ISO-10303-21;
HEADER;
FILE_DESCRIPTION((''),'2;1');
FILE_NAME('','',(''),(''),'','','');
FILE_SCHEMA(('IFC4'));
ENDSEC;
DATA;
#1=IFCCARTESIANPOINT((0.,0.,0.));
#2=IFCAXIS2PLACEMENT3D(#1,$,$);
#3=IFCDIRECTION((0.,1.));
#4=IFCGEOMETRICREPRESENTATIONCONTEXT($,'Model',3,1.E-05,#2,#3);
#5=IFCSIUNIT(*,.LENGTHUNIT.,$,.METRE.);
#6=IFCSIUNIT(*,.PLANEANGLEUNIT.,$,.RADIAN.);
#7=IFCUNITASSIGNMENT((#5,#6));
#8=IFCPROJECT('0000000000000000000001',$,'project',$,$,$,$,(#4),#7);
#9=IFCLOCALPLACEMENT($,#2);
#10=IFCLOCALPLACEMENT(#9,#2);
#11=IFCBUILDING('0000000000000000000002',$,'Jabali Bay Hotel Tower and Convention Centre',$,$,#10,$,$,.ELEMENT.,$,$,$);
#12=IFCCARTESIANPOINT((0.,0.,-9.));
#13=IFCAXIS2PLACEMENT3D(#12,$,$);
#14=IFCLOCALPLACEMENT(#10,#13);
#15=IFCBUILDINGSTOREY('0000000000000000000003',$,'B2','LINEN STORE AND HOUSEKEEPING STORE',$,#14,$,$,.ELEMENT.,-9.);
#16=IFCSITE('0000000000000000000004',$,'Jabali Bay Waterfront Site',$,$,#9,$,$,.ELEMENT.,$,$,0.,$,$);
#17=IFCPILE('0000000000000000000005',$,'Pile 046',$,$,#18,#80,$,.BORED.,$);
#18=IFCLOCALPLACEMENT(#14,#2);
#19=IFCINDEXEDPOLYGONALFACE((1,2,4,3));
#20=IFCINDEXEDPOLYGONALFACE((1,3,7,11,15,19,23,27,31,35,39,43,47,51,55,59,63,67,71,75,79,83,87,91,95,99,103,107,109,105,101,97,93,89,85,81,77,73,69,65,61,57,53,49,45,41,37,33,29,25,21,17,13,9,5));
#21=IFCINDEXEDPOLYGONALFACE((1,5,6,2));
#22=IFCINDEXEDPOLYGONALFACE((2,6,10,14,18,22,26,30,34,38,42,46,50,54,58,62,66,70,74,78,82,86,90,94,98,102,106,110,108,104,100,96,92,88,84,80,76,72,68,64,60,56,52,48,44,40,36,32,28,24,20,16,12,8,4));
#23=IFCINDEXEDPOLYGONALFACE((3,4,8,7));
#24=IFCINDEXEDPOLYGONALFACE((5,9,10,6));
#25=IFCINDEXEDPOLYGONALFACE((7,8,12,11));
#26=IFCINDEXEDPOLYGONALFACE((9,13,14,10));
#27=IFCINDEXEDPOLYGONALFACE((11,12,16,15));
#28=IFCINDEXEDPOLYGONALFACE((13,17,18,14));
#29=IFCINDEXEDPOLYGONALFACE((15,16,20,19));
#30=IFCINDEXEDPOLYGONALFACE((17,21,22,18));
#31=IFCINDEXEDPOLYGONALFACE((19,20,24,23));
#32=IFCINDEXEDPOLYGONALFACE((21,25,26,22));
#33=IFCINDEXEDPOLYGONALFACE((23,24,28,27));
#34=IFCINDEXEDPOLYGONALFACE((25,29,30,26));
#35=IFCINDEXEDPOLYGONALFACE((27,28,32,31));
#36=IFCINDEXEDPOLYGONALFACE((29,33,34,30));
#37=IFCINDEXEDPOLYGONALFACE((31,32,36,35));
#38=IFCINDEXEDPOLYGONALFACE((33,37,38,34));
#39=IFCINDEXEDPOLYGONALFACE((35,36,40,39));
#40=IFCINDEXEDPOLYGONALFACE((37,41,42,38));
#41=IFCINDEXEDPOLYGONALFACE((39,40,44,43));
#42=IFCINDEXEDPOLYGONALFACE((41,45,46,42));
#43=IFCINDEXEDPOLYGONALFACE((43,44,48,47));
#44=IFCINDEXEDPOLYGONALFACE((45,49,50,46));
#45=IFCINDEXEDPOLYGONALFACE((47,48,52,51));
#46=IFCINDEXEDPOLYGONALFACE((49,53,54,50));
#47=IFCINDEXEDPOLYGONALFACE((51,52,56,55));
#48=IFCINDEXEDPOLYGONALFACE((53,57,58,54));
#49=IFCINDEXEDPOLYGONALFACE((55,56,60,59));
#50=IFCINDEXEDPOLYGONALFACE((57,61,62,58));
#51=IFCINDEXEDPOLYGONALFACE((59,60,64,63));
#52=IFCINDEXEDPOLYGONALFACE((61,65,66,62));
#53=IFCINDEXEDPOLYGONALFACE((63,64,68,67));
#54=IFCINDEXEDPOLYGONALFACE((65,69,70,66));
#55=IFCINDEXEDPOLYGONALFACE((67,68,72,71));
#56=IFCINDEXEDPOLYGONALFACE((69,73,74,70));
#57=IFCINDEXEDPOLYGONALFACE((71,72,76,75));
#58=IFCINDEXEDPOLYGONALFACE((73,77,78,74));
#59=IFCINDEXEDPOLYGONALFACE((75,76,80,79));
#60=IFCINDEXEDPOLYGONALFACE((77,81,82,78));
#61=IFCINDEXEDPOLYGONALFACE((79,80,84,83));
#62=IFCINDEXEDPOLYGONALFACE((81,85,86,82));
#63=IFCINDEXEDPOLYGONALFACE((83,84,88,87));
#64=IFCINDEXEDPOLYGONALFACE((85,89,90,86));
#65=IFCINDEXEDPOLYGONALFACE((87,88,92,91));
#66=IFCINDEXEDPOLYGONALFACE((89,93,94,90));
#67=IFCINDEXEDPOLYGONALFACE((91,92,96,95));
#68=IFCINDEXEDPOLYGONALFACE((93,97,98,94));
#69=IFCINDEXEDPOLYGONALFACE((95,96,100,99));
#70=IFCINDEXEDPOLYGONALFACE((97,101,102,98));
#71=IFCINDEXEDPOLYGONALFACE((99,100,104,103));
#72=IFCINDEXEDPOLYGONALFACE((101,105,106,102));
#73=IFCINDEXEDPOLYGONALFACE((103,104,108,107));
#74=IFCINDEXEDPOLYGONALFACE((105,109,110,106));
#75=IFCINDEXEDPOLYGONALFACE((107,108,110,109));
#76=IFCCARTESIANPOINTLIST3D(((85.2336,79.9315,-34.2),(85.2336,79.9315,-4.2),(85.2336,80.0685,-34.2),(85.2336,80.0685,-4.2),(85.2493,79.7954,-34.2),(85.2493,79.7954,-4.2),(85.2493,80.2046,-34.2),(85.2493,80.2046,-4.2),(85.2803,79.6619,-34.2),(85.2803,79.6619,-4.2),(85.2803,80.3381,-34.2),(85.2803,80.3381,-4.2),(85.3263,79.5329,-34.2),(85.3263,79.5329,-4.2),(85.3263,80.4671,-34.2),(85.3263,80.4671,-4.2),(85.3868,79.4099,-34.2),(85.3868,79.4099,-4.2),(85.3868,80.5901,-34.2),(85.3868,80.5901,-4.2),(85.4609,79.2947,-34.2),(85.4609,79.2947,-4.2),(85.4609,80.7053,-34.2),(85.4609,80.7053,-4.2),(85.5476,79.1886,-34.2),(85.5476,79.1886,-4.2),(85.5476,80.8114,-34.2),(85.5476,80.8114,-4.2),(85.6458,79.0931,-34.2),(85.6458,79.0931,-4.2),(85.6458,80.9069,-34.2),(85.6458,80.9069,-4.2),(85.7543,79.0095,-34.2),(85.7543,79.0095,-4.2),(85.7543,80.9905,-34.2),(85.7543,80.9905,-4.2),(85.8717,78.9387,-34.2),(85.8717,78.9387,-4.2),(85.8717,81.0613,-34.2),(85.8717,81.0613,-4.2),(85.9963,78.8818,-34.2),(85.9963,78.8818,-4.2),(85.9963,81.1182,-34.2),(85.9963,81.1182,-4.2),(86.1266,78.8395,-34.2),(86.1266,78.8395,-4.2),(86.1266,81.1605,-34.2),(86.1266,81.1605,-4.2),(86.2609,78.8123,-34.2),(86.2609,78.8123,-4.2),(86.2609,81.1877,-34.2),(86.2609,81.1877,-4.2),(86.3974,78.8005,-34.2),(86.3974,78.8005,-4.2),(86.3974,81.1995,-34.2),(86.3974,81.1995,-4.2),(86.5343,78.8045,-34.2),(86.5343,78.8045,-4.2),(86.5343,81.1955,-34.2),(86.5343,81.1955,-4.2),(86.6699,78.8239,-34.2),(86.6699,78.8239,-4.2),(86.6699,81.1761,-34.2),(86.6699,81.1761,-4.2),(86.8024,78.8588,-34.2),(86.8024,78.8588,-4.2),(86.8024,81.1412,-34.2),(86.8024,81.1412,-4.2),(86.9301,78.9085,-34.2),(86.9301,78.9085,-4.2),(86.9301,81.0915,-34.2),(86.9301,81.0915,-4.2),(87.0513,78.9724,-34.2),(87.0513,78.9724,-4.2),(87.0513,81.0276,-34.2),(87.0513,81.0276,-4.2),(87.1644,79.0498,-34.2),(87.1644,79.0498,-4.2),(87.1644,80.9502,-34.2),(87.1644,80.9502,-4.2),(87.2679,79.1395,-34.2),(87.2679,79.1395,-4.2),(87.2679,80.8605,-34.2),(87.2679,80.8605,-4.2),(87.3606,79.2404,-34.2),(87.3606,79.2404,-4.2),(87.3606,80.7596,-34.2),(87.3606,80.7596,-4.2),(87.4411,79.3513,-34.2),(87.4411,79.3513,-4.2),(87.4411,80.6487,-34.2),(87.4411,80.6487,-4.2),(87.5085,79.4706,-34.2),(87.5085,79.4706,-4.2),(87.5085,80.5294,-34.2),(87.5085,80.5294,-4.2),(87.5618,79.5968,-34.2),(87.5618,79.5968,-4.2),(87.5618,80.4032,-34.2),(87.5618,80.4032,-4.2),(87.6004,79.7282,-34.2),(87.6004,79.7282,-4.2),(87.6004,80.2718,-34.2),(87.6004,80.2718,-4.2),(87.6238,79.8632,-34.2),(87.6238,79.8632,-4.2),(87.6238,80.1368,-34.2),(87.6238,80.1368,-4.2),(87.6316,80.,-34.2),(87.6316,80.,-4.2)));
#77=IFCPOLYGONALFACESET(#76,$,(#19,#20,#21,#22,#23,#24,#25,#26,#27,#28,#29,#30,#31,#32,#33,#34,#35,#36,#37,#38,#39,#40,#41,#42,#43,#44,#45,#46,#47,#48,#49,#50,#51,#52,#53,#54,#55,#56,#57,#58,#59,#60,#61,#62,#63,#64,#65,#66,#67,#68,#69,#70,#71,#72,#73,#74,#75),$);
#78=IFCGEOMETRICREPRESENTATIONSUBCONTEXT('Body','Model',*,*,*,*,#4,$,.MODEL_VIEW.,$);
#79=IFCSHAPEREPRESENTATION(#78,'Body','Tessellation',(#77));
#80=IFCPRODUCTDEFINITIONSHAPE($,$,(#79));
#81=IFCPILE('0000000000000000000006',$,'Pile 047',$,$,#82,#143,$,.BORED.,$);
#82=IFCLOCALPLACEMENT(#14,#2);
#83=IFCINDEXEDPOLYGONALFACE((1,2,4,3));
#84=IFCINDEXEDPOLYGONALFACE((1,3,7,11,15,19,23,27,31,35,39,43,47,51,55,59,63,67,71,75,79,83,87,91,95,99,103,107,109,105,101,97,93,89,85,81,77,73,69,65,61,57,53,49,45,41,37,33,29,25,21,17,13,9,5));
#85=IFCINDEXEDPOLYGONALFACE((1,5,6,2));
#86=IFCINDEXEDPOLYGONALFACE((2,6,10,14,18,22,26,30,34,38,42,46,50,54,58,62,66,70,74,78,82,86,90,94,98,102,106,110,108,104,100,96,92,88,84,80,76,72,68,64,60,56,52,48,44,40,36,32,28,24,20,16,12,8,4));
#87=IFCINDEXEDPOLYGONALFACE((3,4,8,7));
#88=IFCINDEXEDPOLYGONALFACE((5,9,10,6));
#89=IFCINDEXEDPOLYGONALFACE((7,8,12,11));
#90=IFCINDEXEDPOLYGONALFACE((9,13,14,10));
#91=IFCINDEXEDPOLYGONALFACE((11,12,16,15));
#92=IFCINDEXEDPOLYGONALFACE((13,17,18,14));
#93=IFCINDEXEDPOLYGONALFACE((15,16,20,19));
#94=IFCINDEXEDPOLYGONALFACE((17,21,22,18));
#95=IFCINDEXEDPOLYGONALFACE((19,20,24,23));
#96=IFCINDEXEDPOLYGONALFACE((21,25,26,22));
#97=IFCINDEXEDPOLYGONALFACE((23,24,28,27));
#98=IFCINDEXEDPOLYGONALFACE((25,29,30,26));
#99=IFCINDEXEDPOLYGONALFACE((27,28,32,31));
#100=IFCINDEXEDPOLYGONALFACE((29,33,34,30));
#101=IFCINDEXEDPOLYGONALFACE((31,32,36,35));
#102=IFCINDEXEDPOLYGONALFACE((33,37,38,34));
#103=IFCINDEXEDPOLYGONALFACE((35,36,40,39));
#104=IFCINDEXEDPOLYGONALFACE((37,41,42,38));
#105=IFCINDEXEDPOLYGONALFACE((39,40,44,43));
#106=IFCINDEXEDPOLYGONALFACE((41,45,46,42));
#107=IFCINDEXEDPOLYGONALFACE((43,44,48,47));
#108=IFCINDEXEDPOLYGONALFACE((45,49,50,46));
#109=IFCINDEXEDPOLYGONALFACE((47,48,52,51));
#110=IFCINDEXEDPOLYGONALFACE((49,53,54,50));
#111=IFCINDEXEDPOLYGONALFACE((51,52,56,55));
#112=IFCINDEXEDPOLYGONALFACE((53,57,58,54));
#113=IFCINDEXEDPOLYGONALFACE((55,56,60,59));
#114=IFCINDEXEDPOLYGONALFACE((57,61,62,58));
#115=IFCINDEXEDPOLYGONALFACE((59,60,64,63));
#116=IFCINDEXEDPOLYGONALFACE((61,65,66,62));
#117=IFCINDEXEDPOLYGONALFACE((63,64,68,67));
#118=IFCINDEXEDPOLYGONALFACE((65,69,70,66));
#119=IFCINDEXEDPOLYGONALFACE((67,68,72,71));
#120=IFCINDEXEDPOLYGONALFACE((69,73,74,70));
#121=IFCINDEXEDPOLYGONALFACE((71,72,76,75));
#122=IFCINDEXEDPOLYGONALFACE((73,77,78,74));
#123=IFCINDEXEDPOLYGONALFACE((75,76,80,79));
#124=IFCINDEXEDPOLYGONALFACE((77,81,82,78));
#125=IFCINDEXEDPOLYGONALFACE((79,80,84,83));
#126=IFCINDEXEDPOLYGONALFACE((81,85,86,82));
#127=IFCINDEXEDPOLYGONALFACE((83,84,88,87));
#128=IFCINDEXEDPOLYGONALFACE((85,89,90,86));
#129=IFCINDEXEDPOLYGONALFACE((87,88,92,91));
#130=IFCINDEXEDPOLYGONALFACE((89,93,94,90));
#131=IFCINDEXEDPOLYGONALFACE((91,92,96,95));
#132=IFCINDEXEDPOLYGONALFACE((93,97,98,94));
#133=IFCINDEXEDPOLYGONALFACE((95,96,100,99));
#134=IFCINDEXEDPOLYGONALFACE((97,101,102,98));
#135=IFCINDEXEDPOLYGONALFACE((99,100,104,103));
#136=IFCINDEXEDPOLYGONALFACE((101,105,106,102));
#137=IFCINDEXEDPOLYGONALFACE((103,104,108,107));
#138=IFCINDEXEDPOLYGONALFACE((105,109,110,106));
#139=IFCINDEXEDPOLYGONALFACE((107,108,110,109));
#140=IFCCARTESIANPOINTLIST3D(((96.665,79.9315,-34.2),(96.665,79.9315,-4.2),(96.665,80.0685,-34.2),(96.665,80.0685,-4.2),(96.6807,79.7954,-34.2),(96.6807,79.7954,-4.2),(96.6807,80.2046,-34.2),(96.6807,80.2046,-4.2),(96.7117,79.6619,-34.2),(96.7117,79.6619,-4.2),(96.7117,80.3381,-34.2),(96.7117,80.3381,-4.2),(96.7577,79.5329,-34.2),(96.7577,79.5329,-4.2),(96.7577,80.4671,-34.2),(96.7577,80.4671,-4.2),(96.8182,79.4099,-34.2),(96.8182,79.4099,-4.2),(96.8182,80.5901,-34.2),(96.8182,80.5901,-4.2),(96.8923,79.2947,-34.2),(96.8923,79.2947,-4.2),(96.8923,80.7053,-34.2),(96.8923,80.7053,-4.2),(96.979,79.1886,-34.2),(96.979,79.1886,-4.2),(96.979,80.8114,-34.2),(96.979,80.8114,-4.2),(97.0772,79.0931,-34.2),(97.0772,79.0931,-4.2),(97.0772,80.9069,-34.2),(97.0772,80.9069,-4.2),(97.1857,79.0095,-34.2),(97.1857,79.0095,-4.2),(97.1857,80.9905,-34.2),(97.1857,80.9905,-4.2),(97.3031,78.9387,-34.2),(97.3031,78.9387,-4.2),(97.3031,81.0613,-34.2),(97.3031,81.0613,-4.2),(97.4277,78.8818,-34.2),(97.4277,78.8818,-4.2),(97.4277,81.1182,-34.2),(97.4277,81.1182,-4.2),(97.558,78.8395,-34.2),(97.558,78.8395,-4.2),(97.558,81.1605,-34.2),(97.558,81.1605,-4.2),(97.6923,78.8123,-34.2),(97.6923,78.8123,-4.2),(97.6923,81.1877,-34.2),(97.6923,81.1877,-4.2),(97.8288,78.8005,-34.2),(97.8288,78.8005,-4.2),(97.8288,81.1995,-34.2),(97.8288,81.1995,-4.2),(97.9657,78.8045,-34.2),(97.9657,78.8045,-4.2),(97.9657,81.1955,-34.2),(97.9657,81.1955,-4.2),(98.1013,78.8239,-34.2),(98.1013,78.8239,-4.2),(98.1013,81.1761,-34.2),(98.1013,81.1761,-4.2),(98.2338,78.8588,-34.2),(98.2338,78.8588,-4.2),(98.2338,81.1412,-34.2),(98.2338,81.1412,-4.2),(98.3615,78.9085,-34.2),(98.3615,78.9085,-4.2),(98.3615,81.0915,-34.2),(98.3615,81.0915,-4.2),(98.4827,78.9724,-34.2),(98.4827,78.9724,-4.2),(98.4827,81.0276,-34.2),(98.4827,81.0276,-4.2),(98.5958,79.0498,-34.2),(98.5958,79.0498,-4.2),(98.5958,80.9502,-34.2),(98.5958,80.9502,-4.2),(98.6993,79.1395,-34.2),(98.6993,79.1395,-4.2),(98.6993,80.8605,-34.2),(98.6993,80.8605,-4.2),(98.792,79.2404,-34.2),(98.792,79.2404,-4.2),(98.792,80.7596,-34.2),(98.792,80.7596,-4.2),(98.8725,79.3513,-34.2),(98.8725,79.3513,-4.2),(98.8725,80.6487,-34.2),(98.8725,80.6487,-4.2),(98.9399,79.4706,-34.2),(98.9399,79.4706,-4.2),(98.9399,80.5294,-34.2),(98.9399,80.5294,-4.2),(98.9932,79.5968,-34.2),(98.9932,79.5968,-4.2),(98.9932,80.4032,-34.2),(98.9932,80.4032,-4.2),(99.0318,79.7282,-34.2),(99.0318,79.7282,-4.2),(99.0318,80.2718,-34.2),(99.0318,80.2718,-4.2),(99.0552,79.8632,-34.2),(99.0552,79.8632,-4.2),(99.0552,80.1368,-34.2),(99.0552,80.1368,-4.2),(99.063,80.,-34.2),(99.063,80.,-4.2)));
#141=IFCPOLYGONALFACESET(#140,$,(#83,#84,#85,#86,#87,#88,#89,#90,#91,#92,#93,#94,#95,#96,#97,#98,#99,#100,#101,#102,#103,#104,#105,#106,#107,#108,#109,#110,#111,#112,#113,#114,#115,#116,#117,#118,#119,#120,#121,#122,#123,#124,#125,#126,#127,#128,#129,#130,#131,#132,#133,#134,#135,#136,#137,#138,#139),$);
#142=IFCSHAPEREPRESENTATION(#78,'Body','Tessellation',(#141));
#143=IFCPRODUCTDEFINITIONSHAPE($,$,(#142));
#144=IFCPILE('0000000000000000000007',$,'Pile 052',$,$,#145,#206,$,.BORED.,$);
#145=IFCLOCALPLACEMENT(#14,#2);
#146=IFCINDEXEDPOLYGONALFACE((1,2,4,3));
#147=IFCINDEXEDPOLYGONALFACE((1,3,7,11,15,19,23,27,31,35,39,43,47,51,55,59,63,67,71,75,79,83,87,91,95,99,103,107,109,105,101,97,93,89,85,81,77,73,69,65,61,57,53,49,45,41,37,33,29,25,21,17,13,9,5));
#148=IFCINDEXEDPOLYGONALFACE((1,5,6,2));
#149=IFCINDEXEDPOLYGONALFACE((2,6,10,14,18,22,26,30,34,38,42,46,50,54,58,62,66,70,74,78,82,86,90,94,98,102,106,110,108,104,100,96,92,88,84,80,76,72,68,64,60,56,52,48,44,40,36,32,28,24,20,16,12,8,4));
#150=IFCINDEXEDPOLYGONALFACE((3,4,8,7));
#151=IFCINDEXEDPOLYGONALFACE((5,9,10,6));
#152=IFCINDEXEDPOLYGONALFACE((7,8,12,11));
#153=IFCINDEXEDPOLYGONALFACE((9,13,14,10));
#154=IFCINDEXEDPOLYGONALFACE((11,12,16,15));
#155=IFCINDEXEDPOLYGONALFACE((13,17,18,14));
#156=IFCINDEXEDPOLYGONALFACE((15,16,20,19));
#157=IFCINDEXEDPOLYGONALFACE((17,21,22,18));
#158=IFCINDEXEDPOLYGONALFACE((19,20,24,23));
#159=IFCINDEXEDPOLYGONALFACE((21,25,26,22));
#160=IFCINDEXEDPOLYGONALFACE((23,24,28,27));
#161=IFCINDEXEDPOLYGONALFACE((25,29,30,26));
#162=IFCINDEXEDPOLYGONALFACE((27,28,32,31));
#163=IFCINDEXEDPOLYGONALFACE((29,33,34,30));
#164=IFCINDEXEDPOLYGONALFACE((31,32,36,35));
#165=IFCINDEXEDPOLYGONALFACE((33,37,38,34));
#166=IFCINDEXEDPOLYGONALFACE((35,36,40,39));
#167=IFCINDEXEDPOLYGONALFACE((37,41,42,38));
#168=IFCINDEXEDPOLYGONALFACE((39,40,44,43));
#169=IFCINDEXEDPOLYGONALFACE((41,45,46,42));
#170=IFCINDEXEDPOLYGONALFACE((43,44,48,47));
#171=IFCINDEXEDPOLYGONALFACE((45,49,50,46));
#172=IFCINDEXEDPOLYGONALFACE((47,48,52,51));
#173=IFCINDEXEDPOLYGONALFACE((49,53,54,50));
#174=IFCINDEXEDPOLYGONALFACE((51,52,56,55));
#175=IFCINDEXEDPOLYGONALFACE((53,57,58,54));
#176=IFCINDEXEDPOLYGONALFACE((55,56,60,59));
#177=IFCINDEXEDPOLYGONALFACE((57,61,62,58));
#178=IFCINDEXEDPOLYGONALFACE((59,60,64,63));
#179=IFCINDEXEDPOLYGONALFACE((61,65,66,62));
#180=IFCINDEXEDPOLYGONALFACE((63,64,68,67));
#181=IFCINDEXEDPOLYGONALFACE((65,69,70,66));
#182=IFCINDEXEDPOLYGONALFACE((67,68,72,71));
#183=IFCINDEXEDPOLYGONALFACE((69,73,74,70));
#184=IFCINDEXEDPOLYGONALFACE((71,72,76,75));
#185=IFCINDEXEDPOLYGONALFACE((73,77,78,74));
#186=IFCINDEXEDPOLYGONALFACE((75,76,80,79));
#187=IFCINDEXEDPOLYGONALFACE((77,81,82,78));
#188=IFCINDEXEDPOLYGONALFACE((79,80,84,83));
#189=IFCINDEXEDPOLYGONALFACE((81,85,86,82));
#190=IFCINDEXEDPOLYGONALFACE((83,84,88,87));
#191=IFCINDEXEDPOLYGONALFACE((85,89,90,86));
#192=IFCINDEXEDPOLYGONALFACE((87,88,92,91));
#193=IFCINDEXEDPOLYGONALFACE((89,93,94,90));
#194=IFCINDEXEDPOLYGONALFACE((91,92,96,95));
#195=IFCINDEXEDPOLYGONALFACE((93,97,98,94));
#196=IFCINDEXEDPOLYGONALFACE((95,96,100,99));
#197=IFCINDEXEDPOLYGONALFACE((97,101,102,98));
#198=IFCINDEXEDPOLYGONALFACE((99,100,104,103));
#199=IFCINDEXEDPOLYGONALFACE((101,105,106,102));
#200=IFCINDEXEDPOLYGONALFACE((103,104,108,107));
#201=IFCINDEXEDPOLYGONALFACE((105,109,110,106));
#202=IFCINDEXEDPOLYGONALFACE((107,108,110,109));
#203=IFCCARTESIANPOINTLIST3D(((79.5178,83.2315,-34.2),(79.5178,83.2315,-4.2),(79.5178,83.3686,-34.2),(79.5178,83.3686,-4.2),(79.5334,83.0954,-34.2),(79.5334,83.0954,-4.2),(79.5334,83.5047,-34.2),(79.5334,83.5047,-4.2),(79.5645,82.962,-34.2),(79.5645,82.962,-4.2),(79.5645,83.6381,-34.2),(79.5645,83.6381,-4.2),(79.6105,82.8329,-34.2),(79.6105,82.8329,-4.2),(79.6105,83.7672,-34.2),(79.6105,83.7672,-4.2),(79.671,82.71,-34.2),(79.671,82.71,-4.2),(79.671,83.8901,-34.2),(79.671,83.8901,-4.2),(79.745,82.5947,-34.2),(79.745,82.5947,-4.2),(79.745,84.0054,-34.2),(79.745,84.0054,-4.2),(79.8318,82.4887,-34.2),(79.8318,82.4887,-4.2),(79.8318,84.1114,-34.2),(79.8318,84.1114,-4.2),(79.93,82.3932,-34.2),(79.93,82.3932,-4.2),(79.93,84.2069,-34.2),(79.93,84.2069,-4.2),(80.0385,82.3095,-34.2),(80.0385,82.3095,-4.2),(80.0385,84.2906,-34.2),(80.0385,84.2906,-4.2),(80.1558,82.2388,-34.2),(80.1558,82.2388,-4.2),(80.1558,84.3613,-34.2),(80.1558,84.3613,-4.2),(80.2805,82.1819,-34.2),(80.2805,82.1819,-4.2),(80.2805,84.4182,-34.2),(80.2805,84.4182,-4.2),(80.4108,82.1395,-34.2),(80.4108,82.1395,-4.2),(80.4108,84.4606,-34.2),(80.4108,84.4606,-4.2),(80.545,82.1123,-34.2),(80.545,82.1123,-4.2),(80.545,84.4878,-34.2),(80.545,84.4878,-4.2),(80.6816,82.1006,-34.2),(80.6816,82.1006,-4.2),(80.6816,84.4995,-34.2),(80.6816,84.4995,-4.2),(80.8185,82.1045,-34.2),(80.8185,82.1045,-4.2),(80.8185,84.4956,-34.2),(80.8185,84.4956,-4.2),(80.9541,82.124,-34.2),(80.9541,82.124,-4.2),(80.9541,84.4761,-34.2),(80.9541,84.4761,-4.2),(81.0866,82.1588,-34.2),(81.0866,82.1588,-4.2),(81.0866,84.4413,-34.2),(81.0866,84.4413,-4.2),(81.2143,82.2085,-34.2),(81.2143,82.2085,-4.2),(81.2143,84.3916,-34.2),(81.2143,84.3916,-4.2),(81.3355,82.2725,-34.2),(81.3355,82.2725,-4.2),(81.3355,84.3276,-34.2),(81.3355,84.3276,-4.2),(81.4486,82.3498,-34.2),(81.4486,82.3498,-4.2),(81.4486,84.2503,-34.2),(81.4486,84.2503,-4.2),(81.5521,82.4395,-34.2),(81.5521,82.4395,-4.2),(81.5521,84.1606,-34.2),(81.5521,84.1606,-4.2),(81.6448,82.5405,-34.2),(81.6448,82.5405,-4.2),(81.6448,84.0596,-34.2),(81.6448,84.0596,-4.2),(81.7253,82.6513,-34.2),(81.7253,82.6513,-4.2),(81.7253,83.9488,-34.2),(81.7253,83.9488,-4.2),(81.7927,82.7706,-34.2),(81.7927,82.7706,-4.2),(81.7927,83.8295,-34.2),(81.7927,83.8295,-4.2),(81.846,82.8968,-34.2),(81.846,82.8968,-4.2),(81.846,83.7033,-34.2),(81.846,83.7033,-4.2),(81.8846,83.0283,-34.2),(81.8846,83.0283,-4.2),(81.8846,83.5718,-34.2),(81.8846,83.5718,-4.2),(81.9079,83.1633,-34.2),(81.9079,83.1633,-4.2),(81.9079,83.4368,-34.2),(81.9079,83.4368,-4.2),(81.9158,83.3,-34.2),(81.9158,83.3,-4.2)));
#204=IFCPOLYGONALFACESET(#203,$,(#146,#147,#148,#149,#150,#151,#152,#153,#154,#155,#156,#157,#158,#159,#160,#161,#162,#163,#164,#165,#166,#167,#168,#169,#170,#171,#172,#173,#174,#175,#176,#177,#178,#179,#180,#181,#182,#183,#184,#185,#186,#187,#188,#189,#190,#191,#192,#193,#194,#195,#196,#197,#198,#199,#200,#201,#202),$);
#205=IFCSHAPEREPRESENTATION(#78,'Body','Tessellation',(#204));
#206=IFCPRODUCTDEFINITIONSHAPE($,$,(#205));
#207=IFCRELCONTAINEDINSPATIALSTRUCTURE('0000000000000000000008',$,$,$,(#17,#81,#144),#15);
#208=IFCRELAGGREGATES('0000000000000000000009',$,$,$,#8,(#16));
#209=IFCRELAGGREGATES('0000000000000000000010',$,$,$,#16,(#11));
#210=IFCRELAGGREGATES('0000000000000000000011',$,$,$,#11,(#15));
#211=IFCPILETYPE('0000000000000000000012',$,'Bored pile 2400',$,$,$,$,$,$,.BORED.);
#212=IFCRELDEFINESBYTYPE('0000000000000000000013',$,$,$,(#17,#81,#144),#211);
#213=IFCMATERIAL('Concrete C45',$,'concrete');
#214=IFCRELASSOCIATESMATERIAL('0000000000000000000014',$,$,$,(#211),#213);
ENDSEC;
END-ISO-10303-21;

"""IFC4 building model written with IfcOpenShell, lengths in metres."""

from ifc_helpers import new_model, si_unit, direction, frame, origin, origin_2d, place, context, subcontext, project, spatial, circle, extrude, material, material_profile, profile_set, type_object, element, save


model = new_model("IFC4")

# Units and contexts
model_context = context("Model", 3, precision=1e-05, world=origin(), true_north=direction((0.0, 1.0)))
body_context = subcontext(model_context, "Body", "Model", "MODEL_VIEW")
ifc_project = project(units=[si_unit("LENGTHUNIT", "METRE"), si_unit("PLANEANGLEUNIT", "RADIAN")], contexts=[model_context])

# Site, building, storey
site_placement = place(None, origin())
site = spatial("IfcSite", under=ifc_project, at=site_placement, Name="Jabali Bay Waterfront Site", CompositionType="ELEMENT", RefElevation=0.0)
building_placement = place(site_placement, origin())
building = spatial("IfcBuilding", under=site, at=building_placement, Name="Jabali Bay Hotel Tower and Convention Centre", CompositionType="ELEMENT")
storey_placement = place(building_placement, frame((0.0, 0.0, -9.0)))
storey = spatial("IfcBuildingStorey", under=building, at=storey_placement, Name="B2", Description="LINEN STORE AND HOUSEKEEPING STORE", CompositionType="ELEMENT", Elevation=-9.0)

# Piles
ifc_material_1 = material(Name="Concrete C45", Category="concrete")
ifc_material_profile_1 = material_profile(ifc_material_1, circle(Radius=1.2, at=origin_2d()), Name="Bored pile 2400")
ifc_profile_set_1 = profile_set([ifc_material_profile_1], Name="Concrete C45")
pile_type = type_object("IfcPileType", Name="Bored pile 2400", PredefinedType="BORED", material=ifc_profile_set_1)
for number, where, z_axis, x_axis, name in (
    (1, (86.4316, 80.0, -4.2), (0.0, 0.0, -1.0), (1.0, 0.0, 0.0), "Pile 046"),
    (2, (97.863, 80.0, -4.2), (0.0, 0.0, -1.0), (1.0, 0.0, 0.0), "Pile 047"),
    (3, (80.7158, 83.3, -4.2), (0.0, 0.0, -1.0), (1.0, 0.0, 0.0), "Pile 052"),
):
    element("IfcPile", number, at=place(storey_placement, frame(where, z_axis=z_axis, x_axis=x_axis)), inside=storey, type_object=pile_type, Name=name, PredefinedType="BORED", context=body_context, shape_type="SweptSolid", body=[
        extrude(circle(Radius=1.2, at=origin_2d()), origin(), (0.0, 0.0, 1.0), 30.0),
    ])

save(model, "model.ifc")
